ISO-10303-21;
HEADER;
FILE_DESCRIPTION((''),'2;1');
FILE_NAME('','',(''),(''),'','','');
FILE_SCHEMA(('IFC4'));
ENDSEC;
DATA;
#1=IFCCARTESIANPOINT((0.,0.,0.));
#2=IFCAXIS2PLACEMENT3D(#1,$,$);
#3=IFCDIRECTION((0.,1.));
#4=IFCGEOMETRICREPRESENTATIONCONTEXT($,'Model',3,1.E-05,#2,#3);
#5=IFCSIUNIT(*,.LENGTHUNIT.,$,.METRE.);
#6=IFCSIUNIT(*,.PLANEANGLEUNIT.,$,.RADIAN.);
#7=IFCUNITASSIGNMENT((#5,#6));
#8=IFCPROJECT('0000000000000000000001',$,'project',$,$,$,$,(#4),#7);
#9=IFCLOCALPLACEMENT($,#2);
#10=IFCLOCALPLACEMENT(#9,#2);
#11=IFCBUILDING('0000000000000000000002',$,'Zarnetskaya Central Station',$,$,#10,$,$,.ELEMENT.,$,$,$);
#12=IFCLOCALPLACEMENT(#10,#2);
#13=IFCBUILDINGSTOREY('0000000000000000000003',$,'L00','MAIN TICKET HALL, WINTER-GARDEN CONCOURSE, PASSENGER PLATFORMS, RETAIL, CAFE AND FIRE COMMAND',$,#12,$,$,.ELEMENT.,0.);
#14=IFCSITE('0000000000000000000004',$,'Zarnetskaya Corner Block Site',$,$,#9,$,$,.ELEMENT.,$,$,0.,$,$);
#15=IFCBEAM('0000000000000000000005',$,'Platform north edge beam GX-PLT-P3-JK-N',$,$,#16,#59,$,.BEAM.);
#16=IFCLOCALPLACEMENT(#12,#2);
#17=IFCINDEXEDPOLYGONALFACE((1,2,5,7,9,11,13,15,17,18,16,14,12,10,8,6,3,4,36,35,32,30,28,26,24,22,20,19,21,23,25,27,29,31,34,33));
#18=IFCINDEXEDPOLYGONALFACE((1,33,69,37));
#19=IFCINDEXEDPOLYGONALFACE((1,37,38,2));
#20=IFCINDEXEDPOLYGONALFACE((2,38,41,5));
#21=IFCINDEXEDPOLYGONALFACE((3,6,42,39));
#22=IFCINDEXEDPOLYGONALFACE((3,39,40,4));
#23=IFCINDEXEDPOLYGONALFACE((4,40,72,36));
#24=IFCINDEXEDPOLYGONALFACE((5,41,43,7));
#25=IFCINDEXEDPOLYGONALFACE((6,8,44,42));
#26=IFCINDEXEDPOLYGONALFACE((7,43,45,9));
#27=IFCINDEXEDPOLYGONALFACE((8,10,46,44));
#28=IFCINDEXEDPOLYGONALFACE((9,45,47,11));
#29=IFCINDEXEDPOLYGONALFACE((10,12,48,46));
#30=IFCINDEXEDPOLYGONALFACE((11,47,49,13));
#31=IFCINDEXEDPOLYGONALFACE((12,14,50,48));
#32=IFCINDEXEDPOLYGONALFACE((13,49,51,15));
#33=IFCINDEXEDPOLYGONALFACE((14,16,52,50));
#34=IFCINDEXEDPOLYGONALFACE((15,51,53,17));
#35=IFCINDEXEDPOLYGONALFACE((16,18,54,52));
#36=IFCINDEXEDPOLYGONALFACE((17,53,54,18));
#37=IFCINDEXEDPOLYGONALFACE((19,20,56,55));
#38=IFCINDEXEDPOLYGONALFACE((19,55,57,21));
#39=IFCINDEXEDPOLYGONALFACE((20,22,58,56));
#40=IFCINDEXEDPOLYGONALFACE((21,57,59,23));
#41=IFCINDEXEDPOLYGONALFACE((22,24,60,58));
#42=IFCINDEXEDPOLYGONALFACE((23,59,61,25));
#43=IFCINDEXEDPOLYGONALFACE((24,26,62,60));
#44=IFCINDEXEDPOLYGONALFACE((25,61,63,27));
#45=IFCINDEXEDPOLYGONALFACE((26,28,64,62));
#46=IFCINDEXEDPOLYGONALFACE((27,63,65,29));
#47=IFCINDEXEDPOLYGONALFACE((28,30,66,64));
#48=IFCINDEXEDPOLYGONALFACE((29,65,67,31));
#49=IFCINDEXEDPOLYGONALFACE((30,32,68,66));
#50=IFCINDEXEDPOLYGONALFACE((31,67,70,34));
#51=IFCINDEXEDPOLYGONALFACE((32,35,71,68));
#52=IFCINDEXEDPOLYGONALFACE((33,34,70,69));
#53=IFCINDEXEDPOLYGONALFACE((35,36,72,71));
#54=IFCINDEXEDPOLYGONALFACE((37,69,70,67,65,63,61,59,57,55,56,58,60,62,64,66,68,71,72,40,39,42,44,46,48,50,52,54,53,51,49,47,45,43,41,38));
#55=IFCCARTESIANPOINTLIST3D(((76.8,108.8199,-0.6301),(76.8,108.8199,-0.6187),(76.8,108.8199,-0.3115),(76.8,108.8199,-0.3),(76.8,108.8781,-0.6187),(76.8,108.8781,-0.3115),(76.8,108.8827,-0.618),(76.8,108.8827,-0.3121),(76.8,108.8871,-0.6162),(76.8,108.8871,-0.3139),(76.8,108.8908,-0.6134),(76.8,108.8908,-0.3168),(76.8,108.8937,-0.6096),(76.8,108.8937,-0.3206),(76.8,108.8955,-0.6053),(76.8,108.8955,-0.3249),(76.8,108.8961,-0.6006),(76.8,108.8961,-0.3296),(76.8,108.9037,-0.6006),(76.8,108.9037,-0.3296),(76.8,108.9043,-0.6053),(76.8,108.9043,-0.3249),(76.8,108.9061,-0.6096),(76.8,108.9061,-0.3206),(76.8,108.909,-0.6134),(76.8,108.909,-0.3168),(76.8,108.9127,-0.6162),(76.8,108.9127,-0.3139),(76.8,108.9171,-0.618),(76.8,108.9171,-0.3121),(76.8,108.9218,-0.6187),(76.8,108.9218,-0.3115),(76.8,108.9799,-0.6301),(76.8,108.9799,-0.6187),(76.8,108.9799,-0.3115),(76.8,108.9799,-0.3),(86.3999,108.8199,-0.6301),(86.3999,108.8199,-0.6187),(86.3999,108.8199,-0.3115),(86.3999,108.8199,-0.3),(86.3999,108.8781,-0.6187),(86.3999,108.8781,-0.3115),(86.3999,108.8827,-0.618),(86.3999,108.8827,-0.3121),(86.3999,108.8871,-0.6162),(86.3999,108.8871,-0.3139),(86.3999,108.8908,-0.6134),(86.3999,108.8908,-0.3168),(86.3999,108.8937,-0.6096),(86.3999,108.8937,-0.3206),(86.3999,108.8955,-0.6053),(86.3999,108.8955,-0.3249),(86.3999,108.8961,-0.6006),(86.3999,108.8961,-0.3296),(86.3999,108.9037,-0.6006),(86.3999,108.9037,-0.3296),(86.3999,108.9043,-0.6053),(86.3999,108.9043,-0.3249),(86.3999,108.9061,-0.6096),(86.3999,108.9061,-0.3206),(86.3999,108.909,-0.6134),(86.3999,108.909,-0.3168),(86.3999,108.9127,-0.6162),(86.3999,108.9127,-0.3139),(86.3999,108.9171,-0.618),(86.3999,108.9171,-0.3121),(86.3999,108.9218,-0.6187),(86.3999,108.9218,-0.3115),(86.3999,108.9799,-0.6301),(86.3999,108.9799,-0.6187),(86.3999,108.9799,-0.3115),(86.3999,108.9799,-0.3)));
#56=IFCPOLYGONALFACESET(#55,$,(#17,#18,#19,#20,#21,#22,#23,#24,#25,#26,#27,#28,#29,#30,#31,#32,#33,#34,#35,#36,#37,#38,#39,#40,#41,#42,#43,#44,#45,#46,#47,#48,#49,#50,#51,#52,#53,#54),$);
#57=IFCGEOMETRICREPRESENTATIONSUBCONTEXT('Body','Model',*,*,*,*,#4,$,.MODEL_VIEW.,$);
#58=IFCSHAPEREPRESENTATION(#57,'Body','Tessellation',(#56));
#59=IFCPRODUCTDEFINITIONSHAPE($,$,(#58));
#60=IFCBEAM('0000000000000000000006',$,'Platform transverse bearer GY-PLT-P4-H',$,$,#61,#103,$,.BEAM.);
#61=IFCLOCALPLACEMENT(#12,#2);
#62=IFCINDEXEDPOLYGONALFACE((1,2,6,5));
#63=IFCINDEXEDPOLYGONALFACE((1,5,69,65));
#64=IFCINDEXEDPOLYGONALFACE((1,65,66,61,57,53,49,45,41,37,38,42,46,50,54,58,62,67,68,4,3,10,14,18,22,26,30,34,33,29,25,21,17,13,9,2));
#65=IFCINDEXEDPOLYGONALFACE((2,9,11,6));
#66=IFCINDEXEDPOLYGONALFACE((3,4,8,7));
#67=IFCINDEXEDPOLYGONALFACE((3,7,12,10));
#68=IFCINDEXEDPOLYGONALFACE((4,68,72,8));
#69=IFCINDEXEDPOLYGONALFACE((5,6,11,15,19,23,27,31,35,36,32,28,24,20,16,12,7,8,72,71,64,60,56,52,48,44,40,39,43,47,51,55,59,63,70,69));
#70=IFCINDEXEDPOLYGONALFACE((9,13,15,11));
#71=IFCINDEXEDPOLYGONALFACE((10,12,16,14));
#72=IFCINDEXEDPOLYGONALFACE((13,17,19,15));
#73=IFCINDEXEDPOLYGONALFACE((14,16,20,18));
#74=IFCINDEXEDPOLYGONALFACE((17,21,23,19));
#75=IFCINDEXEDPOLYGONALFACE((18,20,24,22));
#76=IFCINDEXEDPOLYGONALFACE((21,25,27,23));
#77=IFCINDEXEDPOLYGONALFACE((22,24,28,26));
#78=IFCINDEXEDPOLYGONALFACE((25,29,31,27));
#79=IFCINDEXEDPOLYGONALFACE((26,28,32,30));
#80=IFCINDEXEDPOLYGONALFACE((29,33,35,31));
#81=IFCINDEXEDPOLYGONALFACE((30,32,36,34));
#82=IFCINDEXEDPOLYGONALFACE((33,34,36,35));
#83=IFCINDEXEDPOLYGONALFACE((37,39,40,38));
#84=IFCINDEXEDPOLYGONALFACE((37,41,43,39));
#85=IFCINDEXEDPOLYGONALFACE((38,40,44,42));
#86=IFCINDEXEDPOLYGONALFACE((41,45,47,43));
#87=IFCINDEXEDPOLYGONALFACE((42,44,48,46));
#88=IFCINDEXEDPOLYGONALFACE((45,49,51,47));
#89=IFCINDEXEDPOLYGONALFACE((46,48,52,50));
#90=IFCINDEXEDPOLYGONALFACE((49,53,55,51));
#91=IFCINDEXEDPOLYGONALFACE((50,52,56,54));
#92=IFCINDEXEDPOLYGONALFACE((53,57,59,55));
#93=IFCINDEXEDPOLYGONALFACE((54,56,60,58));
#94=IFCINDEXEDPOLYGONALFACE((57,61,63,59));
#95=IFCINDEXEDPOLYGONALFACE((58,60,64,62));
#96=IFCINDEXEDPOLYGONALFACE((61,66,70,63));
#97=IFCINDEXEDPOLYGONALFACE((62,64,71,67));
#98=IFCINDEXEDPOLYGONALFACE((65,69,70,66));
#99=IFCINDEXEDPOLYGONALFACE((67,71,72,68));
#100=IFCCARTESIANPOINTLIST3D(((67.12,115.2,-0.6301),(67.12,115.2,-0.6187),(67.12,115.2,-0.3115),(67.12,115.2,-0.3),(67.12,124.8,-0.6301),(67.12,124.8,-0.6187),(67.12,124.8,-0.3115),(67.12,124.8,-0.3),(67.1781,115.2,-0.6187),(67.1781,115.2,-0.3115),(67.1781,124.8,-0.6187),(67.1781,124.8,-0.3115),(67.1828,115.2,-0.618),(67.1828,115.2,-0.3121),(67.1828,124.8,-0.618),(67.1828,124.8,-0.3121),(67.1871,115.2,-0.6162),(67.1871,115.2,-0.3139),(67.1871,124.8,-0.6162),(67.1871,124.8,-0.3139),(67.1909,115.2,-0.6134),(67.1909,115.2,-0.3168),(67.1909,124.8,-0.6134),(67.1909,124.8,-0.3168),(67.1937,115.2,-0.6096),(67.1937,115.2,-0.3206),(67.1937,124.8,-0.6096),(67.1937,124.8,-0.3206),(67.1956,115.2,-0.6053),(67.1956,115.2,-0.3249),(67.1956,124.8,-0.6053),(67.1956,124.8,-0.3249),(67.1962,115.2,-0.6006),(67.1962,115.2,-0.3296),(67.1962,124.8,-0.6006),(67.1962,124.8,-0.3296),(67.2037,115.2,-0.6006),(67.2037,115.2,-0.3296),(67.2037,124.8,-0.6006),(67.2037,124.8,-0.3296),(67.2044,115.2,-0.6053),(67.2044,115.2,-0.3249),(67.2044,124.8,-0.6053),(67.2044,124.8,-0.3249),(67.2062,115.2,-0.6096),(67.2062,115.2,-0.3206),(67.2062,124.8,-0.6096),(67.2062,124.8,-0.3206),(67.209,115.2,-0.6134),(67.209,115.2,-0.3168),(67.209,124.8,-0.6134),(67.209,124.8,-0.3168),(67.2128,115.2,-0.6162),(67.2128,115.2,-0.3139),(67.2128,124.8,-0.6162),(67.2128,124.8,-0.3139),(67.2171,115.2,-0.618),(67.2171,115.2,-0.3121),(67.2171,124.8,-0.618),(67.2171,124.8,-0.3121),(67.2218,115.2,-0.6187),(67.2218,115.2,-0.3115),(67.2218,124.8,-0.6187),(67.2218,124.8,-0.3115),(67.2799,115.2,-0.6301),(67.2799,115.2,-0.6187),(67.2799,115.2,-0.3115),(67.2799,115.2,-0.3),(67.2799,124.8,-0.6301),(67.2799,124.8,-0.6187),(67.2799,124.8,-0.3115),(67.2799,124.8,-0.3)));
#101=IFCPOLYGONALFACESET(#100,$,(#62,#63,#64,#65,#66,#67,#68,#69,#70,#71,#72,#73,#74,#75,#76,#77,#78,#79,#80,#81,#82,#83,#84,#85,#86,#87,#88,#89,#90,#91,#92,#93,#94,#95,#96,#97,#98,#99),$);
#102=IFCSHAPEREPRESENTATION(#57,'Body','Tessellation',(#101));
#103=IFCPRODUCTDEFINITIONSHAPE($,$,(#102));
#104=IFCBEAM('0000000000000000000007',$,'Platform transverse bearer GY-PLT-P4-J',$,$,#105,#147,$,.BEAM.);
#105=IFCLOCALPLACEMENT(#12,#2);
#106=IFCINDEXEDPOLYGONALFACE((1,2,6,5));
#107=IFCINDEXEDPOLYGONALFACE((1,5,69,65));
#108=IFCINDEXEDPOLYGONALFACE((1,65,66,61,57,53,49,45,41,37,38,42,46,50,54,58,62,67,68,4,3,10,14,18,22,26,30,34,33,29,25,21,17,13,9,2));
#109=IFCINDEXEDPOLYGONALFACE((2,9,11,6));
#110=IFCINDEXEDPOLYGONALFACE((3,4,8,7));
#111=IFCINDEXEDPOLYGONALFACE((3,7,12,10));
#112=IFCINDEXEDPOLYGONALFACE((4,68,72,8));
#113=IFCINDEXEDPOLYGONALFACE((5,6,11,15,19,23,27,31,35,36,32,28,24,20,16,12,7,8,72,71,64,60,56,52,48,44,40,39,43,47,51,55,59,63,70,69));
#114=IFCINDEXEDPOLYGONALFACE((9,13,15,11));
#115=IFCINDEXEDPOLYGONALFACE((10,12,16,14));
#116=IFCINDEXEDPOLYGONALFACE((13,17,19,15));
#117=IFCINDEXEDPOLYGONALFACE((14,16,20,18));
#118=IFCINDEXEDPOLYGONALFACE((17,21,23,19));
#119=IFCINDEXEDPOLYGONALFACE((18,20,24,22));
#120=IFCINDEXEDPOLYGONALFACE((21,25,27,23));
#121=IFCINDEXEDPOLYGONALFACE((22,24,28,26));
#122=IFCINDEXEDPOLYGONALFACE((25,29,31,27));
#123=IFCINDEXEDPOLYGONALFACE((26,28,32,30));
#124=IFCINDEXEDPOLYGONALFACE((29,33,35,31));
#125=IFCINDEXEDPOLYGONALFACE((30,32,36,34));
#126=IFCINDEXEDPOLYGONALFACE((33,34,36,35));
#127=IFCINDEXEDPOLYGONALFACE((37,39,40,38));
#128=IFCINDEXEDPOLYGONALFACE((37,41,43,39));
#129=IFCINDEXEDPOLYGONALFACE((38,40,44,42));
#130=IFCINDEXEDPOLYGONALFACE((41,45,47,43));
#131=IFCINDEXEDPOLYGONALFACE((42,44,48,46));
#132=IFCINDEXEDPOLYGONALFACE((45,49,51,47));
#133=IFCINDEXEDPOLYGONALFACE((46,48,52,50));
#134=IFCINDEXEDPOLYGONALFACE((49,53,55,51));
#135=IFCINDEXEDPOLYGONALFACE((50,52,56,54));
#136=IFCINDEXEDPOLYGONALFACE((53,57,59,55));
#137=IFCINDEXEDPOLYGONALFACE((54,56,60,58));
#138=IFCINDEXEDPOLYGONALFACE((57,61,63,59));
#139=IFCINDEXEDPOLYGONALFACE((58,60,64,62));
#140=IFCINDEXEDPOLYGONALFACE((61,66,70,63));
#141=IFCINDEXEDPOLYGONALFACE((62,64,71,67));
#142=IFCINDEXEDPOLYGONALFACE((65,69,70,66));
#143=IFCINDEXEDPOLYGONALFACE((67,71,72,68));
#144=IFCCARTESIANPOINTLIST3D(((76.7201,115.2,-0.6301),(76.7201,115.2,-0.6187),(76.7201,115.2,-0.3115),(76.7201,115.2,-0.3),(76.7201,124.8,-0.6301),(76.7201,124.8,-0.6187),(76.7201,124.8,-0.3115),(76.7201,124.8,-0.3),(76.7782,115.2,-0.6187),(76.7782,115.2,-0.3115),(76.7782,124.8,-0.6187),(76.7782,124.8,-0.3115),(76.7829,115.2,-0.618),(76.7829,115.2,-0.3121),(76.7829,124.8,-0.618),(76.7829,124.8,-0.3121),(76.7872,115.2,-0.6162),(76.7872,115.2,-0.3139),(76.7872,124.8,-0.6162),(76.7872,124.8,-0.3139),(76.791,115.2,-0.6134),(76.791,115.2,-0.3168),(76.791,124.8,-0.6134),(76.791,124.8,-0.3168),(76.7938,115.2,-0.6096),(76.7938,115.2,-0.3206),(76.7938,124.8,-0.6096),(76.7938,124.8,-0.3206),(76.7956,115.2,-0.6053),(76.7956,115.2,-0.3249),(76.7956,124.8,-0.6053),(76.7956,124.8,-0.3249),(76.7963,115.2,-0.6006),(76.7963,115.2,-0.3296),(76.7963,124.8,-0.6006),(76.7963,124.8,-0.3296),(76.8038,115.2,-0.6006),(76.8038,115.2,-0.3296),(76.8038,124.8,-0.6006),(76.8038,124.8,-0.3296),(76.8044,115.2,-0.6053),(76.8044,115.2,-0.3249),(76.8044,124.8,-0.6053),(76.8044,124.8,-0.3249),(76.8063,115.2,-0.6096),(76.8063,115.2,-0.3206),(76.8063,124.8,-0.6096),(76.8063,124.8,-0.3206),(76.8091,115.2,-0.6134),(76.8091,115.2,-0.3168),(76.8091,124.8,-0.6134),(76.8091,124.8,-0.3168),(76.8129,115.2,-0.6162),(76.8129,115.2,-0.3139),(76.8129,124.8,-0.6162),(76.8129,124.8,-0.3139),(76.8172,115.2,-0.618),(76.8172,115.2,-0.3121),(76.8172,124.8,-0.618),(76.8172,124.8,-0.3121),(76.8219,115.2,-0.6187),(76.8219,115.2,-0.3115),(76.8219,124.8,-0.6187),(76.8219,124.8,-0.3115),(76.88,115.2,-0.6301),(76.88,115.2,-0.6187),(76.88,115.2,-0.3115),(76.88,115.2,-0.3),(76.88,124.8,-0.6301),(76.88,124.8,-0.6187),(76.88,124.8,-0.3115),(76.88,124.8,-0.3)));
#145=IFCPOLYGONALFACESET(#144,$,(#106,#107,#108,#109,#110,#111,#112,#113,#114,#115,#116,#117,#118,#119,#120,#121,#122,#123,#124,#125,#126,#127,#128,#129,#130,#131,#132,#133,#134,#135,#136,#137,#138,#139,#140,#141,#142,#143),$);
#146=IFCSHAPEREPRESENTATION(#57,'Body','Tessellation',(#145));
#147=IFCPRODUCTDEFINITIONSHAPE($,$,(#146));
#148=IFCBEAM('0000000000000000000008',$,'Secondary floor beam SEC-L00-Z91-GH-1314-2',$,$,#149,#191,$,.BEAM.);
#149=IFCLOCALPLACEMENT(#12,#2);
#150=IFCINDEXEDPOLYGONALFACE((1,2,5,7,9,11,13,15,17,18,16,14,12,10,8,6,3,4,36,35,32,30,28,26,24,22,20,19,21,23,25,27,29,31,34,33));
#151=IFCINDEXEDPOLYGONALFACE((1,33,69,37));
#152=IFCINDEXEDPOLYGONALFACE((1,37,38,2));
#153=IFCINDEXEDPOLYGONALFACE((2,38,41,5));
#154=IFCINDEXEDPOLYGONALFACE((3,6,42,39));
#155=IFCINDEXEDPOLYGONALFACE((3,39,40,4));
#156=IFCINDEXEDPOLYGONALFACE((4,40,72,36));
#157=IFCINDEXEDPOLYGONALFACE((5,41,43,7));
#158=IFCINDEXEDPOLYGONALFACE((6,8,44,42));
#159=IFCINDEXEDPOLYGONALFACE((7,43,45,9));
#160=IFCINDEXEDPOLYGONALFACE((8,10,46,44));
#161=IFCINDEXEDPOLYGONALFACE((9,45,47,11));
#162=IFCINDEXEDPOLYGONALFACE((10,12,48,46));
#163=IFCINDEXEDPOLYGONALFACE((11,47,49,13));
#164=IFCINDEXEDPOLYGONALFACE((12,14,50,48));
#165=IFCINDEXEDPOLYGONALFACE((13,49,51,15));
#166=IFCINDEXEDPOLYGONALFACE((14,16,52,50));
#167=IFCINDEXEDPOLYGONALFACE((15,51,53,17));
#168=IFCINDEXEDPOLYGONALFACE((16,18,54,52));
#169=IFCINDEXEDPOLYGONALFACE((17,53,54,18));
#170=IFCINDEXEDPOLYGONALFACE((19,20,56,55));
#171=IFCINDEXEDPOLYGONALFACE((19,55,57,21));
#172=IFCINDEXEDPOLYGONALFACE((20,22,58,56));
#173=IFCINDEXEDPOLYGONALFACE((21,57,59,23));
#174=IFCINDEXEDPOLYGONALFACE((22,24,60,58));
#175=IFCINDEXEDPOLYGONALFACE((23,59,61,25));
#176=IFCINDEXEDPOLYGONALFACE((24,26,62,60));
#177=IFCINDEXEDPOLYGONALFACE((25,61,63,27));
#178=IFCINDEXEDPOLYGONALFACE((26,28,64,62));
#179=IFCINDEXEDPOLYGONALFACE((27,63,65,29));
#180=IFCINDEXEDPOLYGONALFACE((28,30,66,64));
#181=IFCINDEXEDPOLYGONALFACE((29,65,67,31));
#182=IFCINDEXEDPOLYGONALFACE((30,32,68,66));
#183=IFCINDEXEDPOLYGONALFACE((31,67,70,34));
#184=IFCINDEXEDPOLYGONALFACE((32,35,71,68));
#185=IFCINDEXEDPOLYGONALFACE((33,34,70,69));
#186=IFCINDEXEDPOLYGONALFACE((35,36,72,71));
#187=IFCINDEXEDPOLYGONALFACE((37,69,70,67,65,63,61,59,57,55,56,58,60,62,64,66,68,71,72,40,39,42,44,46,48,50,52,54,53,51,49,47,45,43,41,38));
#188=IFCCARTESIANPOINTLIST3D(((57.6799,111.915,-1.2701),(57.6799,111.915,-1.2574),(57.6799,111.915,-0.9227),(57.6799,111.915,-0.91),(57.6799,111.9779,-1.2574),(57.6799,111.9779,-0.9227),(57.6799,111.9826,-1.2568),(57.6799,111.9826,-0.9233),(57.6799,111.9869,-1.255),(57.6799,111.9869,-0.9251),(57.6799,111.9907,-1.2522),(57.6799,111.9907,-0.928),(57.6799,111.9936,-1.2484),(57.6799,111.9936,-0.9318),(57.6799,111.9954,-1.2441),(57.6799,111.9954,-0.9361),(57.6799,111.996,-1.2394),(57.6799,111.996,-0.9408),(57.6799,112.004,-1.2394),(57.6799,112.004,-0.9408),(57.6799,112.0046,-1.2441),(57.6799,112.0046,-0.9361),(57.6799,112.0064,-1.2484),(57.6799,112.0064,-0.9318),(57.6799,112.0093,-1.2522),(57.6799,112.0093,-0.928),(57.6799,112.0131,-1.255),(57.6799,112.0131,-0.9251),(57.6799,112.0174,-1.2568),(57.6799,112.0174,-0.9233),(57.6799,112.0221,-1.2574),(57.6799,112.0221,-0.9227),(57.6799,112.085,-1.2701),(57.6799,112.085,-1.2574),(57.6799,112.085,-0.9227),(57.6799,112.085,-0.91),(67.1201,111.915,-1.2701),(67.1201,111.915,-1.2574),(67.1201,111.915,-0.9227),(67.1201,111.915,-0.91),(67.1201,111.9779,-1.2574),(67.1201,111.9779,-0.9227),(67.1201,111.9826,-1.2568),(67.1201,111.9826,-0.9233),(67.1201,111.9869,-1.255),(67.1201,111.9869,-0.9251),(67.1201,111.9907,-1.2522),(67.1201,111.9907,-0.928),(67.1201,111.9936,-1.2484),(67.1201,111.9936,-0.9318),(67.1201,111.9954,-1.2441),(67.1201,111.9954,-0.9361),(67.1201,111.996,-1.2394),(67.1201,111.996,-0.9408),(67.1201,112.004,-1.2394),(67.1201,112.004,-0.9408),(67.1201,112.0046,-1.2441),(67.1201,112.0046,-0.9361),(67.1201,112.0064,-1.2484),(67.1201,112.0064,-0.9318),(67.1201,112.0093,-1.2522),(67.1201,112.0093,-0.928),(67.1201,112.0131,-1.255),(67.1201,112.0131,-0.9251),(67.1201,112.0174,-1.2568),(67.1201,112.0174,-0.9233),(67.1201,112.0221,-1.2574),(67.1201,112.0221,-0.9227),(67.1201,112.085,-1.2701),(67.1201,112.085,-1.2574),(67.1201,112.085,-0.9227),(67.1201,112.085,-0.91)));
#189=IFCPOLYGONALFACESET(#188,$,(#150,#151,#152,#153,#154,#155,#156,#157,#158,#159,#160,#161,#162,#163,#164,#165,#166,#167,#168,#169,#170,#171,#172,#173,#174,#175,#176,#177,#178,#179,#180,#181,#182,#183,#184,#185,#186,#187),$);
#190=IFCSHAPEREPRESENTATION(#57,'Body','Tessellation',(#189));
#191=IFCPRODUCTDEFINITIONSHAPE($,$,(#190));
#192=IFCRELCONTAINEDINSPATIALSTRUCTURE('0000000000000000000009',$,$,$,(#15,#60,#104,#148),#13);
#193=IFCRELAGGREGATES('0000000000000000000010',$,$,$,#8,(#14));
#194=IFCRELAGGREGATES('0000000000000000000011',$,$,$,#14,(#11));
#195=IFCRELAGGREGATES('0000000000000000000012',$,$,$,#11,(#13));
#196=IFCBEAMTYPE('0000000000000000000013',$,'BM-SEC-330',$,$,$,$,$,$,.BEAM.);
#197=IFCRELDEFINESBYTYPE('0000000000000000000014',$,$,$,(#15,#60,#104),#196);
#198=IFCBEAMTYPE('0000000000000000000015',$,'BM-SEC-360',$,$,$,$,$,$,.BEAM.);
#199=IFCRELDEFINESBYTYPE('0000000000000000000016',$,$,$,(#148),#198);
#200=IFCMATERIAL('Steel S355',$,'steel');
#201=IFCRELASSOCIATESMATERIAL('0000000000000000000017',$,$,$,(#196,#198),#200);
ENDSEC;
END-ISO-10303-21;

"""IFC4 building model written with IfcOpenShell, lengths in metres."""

from ifc_helpers import new_model, si_unit, direction, frame, origin, origin_2d, place, context, subcontext, project, spatial, i_section, extrude, material, material_profile, profile_set, type_object, element, save


model = new_model("IFC4")

# Units and contexts
model_context = context("Model", 3, precision=1e-05, world=origin(), true_north=direction((0.0, 1.0)))
body_context = subcontext(model_context, "Body", "Model", "MODEL_VIEW")
ifc_project = project(units=[si_unit("LENGTHUNIT", "METRE"), si_unit("PLANEANGLEUNIT", "RADIAN")], contexts=[model_context])

# Site, building, storey
site_placement = place(None, origin())
site = spatial("IfcSite", under=ifc_project, at=site_placement, Name="Zarnetskaya Corner Block Site", CompositionType="ELEMENT", RefElevation=0.0)
building_placement = place(site_placement, origin())
building = spatial("IfcBuilding", under=site, at=building_placement, Name="Zarnetskaya Central Station", CompositionType="ELEMENT")
storey_placement = place(building_placement, origin())
storey = spatial("IfcBuildingStorey", under=building, at=storey_placement, Name="L00", Description="MAIN TICKET HALL, WINTER-GARDEN CONCOURSE, PASSENGER PLATFORMS, RETAIL, CAFE AND FIRE COMMAND", CompositionType="ELEMENT", Elevation=0.0)

# Shared definitions
ifc_material_1 = material(Name="Steel S355", Category="steel")

# Beams
ifc_material_profile_1 = material_profile(ifc_material_1, i_section(OverallWidth=0.1599, OverallDepth=0.3301, WebThickness=0.0076, FlangeThickness=0.0115, FilletRadius=0.0181, at=origin_2d()), Name="IPE 330")
ifc_profile_set_1 = profile_set([ifc_material_profile_1], Name="Steel S355")
beam_type_1 = type_object("IfcBeamType", Name="BM-SEC-330", PredefinedType="BEAM", material=ifc_profile_set_1)
beam_1_placement = place(storey_placement, frame((76.8, 108.8999, -0.4651), z_axis=(1.0, 0.0, 0.0), x_axis=(0.0, 1.0, 0.0)))
element("IfcBeam", 1, at=beam_1_placement, inside=storey, type_object=beam_type_1, Name="Platform north edge beam GX-PLT-P3-JK-N", PredefinedType="BEAM", context=body_context, shape_type="SweptSolid", body=[
    extrude(i_section(OverallWidth=0.1599, OverallDepth=0.3301, WebThickness=0.0076, FlangeThickness=0.0115, FilletRadius=0.0181, at=origin_2d()), origin(), (0.0, 0.0, 1.0), 9.5999),
])
for number, where, z_axis, x_axis, name in (
    (2, (67.2, 115.2, -0.4651), (0.0, 1.0, 0.0), (-1.0, 0.0, 0.0), "Platform transverse bearer GY-PLT-P4-H"),
    (3, (76.8, 115.2, -0.4651), (0.0, 1.0, 0.0), (-1.0, 0.0, 0.0), "Platform transverse bearer GY-PLT-P4-J"),
):
    element("IfcBeam", number, at=place(storey_placement, frame(where, z_axis=z_axis, x_axis=x_axis)), inside=storey, type_object=beam_type_1, Name=name, PredefinedType="BEAM", context=body_context, shape_type="SweptSolid", body=[
        extrude(i_section(OverallWidth=0.1599, OverallDepth=0.3301, WebThickness=0.0076, FlangeThickness=0.0115, FilletRadius=0.0181, at=origin_2d()), origin(), (0.0, 0.0, 1.0), 9.6001),
    ])
ifc_material_profile_2 = material_profile(ifc_material_1, i_section(OverallWidth=0.1699, OverallDepth=0.3601, WebThickness=0.0081, FlangeThickness=0.0127, FilletRadius=0.0181, at=origin_2d()), Name="IPE 360")
ifc_profile_set_2 = profile_set([ifc_material_profile_2], Name="Steel S355")
beam_type_2 = type_object("IfcBeamType", Name="BM-SEC-360", PredefinedType="BEAM", material=ifc_profile_set_2)
for number, where, z_axis, x_axis, name in (
    (4, (57.6799, 112.0, -1.0901), (1.0, 0.0, 0.0), (0.0, 1.0, 0.0), "Secondary floor beam SEC-L00-Z91-GH-1314-2"),
):
    element("IfcBeam", number, at=place(storey_placement, frame(where, z_axis=z_axis, x_axis=x_axis)), inside=storey, type_object=beam_type_2, Name=name, PredefinedType="BEAM", context=body_context, shape_type="SweptSolid", body=[
        extrude(i_section(OverallWidth=0.1699, OverallDepth=0.3601, WebThickness=0.0081, FlangeThickness=0.0127, FilletRadius=0.0181, at=origin_2d()), origin(), (0.0, 0.0, 1.0), 9.4402),
    ])

save(model, "model.ifc")
